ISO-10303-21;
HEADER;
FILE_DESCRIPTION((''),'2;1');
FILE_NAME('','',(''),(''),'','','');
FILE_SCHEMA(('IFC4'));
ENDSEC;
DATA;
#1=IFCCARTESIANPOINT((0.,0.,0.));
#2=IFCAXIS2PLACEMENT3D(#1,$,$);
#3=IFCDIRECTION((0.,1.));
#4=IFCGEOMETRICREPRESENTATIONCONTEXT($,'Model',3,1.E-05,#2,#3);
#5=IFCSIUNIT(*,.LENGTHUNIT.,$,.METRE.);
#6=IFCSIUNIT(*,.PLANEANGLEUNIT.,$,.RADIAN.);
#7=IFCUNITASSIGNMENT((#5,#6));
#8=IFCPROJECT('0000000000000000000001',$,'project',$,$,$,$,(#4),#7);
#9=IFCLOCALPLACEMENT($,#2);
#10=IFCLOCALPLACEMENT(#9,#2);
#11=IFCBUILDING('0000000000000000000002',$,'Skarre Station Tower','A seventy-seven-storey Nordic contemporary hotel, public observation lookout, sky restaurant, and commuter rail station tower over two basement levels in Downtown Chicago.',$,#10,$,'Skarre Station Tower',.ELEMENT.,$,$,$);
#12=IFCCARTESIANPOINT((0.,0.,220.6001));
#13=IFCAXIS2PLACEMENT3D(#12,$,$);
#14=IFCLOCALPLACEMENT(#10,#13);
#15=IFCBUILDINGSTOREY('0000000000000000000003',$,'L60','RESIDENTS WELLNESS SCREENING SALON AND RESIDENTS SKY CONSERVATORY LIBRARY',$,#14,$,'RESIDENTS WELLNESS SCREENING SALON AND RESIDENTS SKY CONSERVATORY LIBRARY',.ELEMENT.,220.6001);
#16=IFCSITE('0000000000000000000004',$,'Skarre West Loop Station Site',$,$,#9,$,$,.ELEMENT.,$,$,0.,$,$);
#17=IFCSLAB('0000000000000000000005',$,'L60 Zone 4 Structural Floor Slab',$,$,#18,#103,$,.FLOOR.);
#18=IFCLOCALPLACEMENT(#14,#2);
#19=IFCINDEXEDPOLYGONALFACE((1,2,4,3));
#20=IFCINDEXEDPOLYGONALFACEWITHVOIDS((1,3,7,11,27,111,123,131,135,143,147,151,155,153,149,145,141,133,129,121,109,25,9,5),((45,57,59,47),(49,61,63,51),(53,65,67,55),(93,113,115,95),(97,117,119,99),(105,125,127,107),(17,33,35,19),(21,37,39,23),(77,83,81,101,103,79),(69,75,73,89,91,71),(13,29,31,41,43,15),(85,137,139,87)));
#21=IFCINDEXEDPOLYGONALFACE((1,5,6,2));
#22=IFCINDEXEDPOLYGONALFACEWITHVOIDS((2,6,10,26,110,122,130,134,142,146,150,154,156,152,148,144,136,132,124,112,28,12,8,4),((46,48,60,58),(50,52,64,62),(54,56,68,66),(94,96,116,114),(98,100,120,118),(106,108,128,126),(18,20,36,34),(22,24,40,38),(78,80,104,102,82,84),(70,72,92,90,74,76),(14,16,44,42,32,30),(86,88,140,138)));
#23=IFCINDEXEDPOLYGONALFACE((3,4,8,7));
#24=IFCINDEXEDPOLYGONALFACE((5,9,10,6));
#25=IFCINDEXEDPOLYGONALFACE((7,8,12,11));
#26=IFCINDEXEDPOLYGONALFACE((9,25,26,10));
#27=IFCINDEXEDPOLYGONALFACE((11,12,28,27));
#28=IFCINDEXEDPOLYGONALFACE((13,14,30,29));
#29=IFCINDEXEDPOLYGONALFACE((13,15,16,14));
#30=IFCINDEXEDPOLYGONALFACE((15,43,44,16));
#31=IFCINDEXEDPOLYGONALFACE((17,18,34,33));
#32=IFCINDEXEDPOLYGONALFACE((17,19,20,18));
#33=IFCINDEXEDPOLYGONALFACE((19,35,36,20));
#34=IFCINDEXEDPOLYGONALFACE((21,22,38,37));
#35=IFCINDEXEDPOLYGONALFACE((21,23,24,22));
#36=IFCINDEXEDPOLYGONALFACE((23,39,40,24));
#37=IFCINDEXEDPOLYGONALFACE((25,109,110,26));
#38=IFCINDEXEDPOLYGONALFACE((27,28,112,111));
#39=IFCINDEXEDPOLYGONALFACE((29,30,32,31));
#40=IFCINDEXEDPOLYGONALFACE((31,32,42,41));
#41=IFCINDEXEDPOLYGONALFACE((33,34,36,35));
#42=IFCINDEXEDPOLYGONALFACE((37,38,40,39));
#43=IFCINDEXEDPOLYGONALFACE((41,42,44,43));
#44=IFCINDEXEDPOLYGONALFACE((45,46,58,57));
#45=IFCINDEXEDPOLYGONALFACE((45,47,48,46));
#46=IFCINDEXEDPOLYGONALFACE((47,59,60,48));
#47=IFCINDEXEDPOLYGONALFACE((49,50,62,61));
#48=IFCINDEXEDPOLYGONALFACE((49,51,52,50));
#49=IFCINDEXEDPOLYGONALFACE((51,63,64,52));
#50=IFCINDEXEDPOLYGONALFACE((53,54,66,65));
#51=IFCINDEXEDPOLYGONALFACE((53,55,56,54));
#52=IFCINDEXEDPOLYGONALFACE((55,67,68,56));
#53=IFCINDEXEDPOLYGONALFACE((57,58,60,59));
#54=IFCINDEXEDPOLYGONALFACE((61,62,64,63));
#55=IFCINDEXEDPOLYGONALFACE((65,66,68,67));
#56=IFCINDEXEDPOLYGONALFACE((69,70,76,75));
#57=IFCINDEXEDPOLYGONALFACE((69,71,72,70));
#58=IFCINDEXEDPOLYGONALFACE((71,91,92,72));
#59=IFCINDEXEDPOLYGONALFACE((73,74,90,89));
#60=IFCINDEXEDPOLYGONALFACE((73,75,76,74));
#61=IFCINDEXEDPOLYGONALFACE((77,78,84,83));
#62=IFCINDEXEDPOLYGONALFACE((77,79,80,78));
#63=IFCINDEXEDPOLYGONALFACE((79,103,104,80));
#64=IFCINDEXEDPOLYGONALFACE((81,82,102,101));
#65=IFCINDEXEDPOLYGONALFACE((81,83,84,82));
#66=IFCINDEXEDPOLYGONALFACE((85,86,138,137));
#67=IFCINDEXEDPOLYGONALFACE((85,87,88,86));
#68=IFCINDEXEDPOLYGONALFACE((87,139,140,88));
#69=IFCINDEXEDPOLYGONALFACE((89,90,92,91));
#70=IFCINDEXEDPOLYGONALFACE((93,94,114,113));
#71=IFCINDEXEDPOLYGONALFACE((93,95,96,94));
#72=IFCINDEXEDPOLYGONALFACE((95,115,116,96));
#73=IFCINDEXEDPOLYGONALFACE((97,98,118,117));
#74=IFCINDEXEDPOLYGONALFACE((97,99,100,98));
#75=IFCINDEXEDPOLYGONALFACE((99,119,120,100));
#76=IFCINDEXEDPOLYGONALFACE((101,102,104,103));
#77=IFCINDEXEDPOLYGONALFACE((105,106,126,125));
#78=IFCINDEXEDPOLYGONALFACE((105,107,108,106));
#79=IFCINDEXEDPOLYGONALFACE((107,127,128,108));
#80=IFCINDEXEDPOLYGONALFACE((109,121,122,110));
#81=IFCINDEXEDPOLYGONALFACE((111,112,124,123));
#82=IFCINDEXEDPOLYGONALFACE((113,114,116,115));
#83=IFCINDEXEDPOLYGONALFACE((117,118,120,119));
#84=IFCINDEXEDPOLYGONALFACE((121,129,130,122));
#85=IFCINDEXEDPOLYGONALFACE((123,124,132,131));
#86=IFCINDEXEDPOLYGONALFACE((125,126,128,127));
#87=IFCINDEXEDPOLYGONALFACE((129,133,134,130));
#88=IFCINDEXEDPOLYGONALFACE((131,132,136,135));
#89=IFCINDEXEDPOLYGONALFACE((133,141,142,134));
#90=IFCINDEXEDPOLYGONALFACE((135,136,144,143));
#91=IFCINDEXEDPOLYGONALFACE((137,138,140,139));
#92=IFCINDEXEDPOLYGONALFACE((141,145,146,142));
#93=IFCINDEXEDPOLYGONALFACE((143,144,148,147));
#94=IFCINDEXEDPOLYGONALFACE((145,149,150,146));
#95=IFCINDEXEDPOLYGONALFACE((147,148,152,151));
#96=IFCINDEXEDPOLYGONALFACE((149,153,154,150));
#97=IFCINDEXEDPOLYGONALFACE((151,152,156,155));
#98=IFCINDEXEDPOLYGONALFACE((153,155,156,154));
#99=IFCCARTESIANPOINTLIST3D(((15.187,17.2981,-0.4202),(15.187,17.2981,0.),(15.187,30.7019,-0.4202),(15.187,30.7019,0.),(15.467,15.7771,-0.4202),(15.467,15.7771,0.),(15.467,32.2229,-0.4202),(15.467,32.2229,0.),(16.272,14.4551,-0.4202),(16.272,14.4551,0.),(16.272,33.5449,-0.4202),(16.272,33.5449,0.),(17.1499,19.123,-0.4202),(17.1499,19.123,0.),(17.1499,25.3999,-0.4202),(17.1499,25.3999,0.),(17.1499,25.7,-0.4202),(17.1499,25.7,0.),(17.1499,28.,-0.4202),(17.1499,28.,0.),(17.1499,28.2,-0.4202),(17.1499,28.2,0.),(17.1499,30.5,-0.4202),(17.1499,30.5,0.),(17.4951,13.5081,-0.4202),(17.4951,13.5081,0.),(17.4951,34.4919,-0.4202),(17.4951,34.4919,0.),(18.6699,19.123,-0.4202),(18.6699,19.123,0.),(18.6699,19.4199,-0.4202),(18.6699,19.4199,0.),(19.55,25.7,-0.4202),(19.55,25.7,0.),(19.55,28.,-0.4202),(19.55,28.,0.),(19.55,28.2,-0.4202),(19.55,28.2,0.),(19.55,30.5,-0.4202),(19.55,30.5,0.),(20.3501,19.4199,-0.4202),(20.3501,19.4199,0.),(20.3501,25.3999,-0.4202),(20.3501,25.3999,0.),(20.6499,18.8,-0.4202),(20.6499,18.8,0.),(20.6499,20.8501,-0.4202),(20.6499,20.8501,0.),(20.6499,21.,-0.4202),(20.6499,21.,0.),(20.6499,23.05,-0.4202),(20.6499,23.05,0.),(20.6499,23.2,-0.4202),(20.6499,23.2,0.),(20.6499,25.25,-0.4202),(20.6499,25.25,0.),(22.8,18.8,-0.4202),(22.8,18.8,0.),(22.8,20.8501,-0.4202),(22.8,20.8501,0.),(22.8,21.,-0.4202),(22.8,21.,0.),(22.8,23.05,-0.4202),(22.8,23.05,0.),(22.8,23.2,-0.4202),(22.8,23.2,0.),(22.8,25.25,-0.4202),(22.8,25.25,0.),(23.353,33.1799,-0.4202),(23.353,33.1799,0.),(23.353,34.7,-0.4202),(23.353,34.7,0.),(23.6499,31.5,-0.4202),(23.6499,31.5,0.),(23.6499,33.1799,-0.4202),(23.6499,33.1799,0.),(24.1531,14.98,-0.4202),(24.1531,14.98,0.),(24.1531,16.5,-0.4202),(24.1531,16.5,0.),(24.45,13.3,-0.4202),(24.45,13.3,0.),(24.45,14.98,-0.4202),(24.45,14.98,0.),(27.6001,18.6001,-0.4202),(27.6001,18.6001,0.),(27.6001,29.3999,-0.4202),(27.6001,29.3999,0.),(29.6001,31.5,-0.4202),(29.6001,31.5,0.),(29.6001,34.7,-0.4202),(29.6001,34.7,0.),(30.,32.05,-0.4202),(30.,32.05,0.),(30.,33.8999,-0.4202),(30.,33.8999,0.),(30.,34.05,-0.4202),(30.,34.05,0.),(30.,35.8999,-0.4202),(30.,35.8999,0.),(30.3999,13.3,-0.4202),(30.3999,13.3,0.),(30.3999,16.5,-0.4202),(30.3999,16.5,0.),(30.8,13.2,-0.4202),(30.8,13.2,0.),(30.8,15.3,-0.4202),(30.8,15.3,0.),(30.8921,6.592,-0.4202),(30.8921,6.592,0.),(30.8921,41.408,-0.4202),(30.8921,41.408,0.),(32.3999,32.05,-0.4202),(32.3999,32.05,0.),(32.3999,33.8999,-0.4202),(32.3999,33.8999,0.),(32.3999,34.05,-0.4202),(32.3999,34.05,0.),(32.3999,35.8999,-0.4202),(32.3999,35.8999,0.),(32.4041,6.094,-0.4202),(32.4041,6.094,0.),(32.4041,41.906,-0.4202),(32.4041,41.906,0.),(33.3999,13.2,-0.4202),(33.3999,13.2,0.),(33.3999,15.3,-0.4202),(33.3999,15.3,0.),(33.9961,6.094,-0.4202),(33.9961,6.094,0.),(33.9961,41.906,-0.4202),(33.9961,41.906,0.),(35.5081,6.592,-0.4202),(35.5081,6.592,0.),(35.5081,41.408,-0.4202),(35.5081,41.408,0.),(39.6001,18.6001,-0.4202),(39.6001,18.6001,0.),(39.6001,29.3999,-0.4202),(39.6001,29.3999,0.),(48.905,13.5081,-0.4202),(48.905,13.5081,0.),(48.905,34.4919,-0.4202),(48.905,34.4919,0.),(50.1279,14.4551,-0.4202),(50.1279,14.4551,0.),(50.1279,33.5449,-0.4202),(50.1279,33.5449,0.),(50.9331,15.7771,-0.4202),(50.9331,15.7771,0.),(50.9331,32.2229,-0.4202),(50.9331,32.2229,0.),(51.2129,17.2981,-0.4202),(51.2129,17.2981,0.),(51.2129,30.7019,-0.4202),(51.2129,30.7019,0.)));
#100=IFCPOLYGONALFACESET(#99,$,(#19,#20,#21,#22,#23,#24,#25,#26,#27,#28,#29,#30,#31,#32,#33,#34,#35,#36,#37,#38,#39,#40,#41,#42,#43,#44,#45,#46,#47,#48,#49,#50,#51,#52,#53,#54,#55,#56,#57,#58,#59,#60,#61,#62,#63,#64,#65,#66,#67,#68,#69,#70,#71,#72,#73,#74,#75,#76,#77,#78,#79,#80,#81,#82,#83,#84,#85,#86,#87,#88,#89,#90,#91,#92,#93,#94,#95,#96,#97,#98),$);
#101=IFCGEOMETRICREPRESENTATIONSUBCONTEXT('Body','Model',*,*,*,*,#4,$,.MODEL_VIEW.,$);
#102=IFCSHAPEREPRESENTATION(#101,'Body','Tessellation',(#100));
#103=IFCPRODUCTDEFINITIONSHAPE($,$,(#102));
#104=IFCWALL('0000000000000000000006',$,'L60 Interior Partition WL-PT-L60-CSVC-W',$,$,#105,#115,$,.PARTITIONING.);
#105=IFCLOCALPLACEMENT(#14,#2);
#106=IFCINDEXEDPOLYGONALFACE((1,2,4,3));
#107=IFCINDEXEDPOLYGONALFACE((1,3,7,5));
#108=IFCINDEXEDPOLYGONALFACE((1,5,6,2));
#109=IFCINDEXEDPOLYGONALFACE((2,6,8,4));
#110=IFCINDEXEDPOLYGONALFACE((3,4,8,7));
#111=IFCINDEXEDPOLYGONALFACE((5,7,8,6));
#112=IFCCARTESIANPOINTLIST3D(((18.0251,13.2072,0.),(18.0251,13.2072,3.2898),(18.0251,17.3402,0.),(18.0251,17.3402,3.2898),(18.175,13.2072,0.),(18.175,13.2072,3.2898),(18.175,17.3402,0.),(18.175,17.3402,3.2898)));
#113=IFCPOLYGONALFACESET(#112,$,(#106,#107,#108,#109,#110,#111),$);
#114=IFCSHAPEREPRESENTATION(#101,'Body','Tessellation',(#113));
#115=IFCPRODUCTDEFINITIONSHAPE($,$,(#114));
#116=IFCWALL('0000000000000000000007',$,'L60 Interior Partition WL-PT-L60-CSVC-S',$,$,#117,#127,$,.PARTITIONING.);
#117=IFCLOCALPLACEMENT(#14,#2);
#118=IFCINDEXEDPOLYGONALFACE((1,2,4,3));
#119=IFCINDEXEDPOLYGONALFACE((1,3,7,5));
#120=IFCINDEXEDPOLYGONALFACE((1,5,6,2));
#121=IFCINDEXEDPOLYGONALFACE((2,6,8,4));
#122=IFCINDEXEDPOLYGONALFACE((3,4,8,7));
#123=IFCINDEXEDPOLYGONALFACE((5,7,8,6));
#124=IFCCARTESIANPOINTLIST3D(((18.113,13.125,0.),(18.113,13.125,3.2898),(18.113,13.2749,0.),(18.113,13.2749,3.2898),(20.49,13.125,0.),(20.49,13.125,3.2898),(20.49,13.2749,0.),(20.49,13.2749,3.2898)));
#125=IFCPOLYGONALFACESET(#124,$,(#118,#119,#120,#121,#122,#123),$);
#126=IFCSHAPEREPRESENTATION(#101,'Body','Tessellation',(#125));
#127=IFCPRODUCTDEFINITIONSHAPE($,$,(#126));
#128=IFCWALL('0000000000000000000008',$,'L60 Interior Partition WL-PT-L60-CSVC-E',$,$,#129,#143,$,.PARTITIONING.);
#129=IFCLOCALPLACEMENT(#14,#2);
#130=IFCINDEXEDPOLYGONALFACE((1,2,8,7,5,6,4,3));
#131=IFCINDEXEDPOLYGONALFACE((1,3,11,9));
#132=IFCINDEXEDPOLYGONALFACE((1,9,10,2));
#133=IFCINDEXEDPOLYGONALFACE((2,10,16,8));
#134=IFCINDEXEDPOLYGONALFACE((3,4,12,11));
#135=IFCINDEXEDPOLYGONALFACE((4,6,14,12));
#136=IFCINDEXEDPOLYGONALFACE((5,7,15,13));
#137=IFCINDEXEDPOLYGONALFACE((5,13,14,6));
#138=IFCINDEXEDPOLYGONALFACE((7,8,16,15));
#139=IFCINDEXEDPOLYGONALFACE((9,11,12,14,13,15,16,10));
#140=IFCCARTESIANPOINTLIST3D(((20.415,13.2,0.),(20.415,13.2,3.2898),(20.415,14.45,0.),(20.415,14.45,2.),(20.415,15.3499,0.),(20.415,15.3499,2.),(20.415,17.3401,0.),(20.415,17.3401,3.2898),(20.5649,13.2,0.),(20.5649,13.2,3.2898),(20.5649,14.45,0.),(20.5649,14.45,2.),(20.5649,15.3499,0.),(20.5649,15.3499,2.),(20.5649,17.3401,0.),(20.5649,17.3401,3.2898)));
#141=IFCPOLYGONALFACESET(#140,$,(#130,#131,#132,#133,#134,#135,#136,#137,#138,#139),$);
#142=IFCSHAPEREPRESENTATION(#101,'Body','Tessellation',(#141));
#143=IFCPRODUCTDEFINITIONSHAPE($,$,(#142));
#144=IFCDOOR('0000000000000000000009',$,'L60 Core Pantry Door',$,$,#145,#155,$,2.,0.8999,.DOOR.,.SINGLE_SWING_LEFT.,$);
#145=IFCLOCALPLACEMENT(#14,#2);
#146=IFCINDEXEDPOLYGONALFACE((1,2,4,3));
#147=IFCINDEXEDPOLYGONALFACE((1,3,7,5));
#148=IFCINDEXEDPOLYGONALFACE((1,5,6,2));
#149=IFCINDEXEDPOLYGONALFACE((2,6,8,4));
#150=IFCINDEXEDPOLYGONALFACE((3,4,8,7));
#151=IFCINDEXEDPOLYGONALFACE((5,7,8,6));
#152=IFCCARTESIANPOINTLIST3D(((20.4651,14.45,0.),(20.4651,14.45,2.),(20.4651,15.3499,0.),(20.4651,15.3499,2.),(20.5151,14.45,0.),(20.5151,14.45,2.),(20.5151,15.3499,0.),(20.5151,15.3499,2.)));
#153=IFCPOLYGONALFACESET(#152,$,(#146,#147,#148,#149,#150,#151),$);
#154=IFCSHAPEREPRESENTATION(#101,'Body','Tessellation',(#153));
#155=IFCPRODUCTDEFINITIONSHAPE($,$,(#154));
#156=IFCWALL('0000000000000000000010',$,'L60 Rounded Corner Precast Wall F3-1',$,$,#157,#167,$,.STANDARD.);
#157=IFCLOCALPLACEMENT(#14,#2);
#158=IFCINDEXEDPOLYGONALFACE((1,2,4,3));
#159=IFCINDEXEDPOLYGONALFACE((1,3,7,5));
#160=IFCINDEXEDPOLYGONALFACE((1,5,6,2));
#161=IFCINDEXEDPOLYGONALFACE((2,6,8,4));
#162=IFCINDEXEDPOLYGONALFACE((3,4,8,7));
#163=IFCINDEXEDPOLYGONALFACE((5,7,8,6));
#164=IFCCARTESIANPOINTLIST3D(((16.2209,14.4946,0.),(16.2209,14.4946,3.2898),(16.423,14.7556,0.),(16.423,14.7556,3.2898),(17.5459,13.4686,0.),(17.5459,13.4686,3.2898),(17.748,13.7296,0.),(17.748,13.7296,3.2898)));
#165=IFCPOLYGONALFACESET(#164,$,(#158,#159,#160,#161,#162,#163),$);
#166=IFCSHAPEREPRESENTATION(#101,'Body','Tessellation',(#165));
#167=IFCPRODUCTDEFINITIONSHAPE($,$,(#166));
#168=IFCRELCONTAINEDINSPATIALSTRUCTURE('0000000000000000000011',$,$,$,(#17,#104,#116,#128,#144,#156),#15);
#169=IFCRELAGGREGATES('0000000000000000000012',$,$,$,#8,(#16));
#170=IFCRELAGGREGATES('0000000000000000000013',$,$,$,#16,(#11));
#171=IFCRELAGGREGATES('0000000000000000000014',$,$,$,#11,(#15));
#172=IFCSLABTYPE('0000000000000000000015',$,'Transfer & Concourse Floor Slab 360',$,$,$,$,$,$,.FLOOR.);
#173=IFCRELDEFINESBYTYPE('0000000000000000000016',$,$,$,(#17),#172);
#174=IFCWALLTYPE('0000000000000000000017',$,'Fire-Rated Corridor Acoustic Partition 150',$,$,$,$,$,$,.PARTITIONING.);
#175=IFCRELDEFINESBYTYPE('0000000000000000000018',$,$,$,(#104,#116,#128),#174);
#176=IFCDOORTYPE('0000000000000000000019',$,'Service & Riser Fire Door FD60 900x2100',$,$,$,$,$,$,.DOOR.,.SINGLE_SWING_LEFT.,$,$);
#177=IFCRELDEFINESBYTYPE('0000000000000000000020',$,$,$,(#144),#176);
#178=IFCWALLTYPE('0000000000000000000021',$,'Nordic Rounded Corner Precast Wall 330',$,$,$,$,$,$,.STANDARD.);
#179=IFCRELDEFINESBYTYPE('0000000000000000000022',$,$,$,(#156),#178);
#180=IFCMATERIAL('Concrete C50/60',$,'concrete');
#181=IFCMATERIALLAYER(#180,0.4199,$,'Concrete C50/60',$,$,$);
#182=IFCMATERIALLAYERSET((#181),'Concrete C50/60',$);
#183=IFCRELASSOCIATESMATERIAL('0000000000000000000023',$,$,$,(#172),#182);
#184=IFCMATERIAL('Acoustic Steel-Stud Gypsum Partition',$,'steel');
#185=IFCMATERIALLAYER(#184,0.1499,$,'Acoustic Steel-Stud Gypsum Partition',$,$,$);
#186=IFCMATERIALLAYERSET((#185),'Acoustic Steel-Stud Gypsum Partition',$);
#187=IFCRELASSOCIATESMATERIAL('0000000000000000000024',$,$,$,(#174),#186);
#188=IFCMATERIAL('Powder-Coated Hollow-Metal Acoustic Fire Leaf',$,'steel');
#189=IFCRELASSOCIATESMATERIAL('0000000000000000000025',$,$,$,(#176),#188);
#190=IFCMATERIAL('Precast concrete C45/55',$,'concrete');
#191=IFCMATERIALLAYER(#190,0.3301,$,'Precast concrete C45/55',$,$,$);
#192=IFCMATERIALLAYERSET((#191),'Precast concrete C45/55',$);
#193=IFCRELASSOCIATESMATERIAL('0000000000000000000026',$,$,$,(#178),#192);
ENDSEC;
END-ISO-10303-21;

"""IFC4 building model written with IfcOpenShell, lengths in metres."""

from ifc_helpers import new_model, si_unit, direction, frame, frame_2d, origin, place, context, subcontext, project, spatial, polyline, rectangle, outline, extrude, material, layer, layer_set, type_object, element, fill, save


model = new_model("IFC4")

# Units and contexts
model_context = context("Model", 3, precision=1e-05, world=origin(), true_north=direction((0.0, 1.0)))
body_context = subcontext(model_context, "Body", "Model", "MODEL_VIEW")
ifc_project = project(units=[si_unit("LENGTHUNIT", "METRE"), si_unit("PLANEANGLEUNIT", "RADIAN")], contexts=[model_context])

# Site, building, storey
site_placement = place(None, origin())
site = spatial("IfcSite", under=ifc_project, at=site_placement, Name="Skarre West Loop Station Site", CompositionType="ELEMENT", RefElevation=0.0)
building_placement = place(site_placement, origin())
building = spatial("IfcBuilding", under=site, at=building_placement, Name="Skarre Station Tower", Description="A seventy-seven-storey Nordic contemporary hotel, public observation lookout, sky restaurant, and commuter rail station tower over two basement levels in Downtown Chicago.", LongName="Skarre Station Tower", CompositionType="ELEMENT")
storey_placement = place(building_placement, frame((0.0, 0.0, 220.6001)))
storey = spatial("IfcBuildingStorey", under=building, at=storey_placement, Name="L60", Description="RESIDENTS WELLNESS SCREENING SALON AND RESIDENTS SKY CONSERVATORY LIBRARY", LongName="RESIDENTS WELLNESS SCREENING SALON AND RESIDENTS SKY CONSERVATORY LIBRARY", CompositionType="ELEMENT", Elevation=220.6001)

# Shared definitions
ifc_material_1 = material(Name="Concrete C50/60", Category="concrete")

# Slab
ifc_layer_1 = layer(ifc_material_1, 0.4199, Name="Concrete C50/60")
ifc_layer_set_1 = layer_set([ifc_layer_1], Name="Concrete C50/60")
slab_type_1 = type_object("IfcSlabType", Name="Transfer & Concourse Floor Slab 360", PredefinedType="FLOOR", material=ifc_layer_set_1)
slab_1_placement = place(storey_placement, frame((0.0, 0.0, -0.4202)))
element("IfcSlab", 1, at=slab_1_placement, inside=storey, type_object=slab_type_1, Name="L60 Zone 4 Structural Floor Slab", PredefinedType="FLOOR", context=body_context, shape_type="SweptSolid", body=[
    extrude(outline(polyline([(51.2129, 30.7019), (50.9331, 32.2229), (50.1279, 33.5449), (48.905, 34.4919), (35.5081, 41.408), (33.9961, 41.906), (32.4041, 41.906), (30.8921, 41.408), (17.4951, 34.4919), (16.272, 33.5449), (15.467, 32.2229), (15.187, 30.7019), (15.187, 17.2981), (15.467, 15.7771), (16.272, 14.4551), (17.4951, 13.5081), (30.8921, 6.592), (32.4041, 6.094), (33.9961, 6.094), (35.5081, 6.592), (48.905, 13.5081), (50.1279, 14.4551), (50.9331, 15.7771), (51.2129, 17.2981), (51.2129, 30.7019)]), holes=[polyline([(18.6699, 19.4199), (18.6699, 19.123), (17.1499, 19.123), (17.1499, 25.3999), (20.3501, 25.3999), (20.3501, 19.4199), (18.6699, 19.4199)]), polyline([(24.45, 14.98), (24.1531, 14.98), (24.1531, 16.5), (30.3999, 16.5), (30.3999, 13.3), (24.45, 13.3), (24.45, 14.98)]), polyline([(23.6499, 33.1799), (23.353, 33.1799), (23.353, 34.7), (29.6001, 34.7), (29.6001, 31.5), (23.6499, 31.5), (23.6499, 33.1799)]), polyline([(17.1499, 28.0), (19.55, 28.0), (19.55, 25.7), (17.1499, 25.7), (17.1499, 28.0)]), polyline([(17.1499, 30.5), (19.55, 30.5), (19.55, 28.2), (17.1499, 28.2), (17.1499, 30.5)]), polyline([(30.8, 15.3), (33.3999, 15.3), (33.3999, 13.2), (30.8, 13.2), (30.8, 15.3)]), polyline([(20.6499, 20.8501), (22.8, 20.8501), (22.8, 18.8), (20.6499, 18.8), (20.6499, 20.8501)]), polyline([(20.6499, 23.05), (22.8, 23.05), (22.8, 21.0), (20.6499, 21.0), (20.6499, 23.05)]), polyline([(20.6499, 25.25), (22.8, 25.25), (22.8, 23.2), (20.6499, 23.2), (20.6499, 25.25)]), polyline([(30.0, 33.8999), (32.3999, 33.8999), (32.3999, 32.05), (30.0, 32.05), (30.0, 33.8999)]), polyline([(30.0, 35.8999), (32.3999, 35.8999), (32.3999, 34.05), (30.0, 34.05), (30.0, 35.8999)]), polyline([(27.6001, 29.3999), (39.6001, 29.3999), (39.6001, 18.6001), (27.6001, 18.6001), (27.6001, 29.3999)])]), origin(), (0.0, 0.0, 1.0), 0.4202),
])

# Walls
ifc_material_2 = material(Name="Acoustic Steel-Stud Gypsum Partition", Category="steel")
ifc_layer_2 = layer(ifc_material_2, 0.1499, Name="Acoustic Steel-Stud Gypsum Partition")
ifc_layer_set_2 = layer_set([ifc_layer_2], Name="Acoustic Steel-Stud Gypsum Partition")
wall_type_1 = type_object("IfcWallType", Name="Fire-Rated Corridor Acoustic Partition 150", PredefinedType="PARTITIONING", material=ifc_layer_set_2)
wall_1_placement = place(storey_placement, frame((18.1001, 17.3401, 0.0), z_axis=(0.0, 0.0, 1.0), x_axis=(0.0, -1.0, 0.0)))
element("IfcWall", 2, at=wall_1_placement, inside=storey, type_object=wall_type_1, Name="L60 Interior Partition WL-PT-L60-CSVC-W", PredefinedType="PARTITIONING", context=body_context, shape_type="SweptSolid", body=[
    extrude(rectangle(XDim=4.1331, YDim=0.1499, at=frame_2d((2.0664, 0.0))), origin(), (0.0, 0.0, 1.0), 3.2898),
])
wall_2_placement = place(storey_placement, frame((18.113, 13.2, 0.0), z_axis=(0.0, 0.0, 1.0), x_axis=(1.0, 0.0, 0.0)))
element("IfcWall", 3, at=wall_2_placement, inside=storey, type_object=wall_type_1, Name="L60 Interior Partition WL-PT-L60-CSVC-S", PredefinedType="PARTITIONING", context=body_context, shape_type="SweptSolid", body=[
    extrude(rectangle(XDim=2.377, YDim=0.1499, at=frame_2d((1.1885, 0.0))), origin(), (0.0, 0.0, 1.0), 3.2898),
])

# Wall, opening, door
wall_3_placement = place(storey_placement, frame((20.49, 13.2, 0.0), z_axis=(0.0, 0.0, 1.0), x_axis=(0.0, 1.0, 0.0)))
wall_3 = element("IfcWall", 4, at=wall_3_placement, inside=storey, type_object=wall_type_1, Name="L60 Interior Partition WL-PT-L60-CSVC-E", PredefinedType="PARTITIONING", context=body_context, shape_type="SweptSolid", body=[
    extrude(rectangle(XDim=4.1401, YDim=0.1499, at=frame_2d((2.0701, 0.0))), origin(), (0.0, 0.0, 1.0), 3.2898),
])
opening_1_placement = place(wall_3_placement, frame((1.25, 0.0, 0.0)))
opening_1 = element("IfcOpeningElement", 5, at=opening_1_placement, cuts=wall_3, PredefinedType="OPENING", context=body_context, shape_type="SweptSolid", body=[
    extrude(rectangle(XDim=0.8999, YDim=2.0, at=frame_2d((0.45, 1.0))), frame((0.0, 0.085, 0.0), z_axis=(0.0, -1.0, 0.0), x_axis=(1.0, 0.0, 0.0)), (0.0, 0.0, 1.0), 0.1699),
])
ifc_material_3 = material(Name="Powder-Coated Hollow-Metal Acoustic Fire Leaf", Category="steel")
door_type_1 = type_object("IfcDoorType", Name="Service & Riser Fire Door FD60 900x2100", OperationType="SINGLE_SWING_LEFT", PredefinedType="DOOR", material=ifc_material_3)
door_1_placement = place(opening_1_placement, origin())
door_1 = element("IfcDoor", 6, at=door_1_placement, inside=storey, type_object=door_type_1, Name="L60 Core Pantry Door", OperationType="SINGLE_SWING_LEFT", OverallHeight=2.0, OverallWidth=0.8999, PredefinedType="DOOR", context=body_context, shape_type="SweptSolid", body=[
    extrude(rectangle(XDim=0.8999, YDim=2.0, at=frame_2d((0.45, 1.0))), frame((0.0, 0.0249, 0.0), z_axis=(0.0, -1.0, 0.0), x_axis=(1.0, 0.0, 0.0)), (0.0, 0.0, 1.0), 0.05),
])
fill(opening_1, door_1)

# Wall
ifc_material_4 = material(Name="Precast concrete C45/55", Category="concrete")
ifc_layer_3 = layer(ifc_material_4, 0.3301, Name="Precast concrete C45/55")
ifc_layer_set_3 = layer_set([ifc_layer_3], Name="Precast concrete C45/55")
wall_type_2 = type_object("IfcWallType", Name="Nordic Rounded Corner Precast Wall 330", PredefinedType="STANDARD", material=ifc_layer_set_3)
wall_4_placement = place(storey_placement, frame((17.647, 13.5991, 0.0), z_axis=(0.0, 0.0, 1.0), x_axis=(-0.790692, 0.612214, 0.0)))
element("IfcWall", 7, at=wall_4_placement, inside=storey, type_object=wall_type_2, Name="L60 Rounded Corner Precast Wall F3-1", PredefinedType="STANDARD", context=body_context, shape_type="SweptSolid", body=[
    extrude(rectangle(XDim=1.6758, YDim=0.3301, at=frame_2d((0.8379, 0.0))), origin(), (0.0, 0.0, 1.0), 3.2898),
])

save(model, "model.ifc")
